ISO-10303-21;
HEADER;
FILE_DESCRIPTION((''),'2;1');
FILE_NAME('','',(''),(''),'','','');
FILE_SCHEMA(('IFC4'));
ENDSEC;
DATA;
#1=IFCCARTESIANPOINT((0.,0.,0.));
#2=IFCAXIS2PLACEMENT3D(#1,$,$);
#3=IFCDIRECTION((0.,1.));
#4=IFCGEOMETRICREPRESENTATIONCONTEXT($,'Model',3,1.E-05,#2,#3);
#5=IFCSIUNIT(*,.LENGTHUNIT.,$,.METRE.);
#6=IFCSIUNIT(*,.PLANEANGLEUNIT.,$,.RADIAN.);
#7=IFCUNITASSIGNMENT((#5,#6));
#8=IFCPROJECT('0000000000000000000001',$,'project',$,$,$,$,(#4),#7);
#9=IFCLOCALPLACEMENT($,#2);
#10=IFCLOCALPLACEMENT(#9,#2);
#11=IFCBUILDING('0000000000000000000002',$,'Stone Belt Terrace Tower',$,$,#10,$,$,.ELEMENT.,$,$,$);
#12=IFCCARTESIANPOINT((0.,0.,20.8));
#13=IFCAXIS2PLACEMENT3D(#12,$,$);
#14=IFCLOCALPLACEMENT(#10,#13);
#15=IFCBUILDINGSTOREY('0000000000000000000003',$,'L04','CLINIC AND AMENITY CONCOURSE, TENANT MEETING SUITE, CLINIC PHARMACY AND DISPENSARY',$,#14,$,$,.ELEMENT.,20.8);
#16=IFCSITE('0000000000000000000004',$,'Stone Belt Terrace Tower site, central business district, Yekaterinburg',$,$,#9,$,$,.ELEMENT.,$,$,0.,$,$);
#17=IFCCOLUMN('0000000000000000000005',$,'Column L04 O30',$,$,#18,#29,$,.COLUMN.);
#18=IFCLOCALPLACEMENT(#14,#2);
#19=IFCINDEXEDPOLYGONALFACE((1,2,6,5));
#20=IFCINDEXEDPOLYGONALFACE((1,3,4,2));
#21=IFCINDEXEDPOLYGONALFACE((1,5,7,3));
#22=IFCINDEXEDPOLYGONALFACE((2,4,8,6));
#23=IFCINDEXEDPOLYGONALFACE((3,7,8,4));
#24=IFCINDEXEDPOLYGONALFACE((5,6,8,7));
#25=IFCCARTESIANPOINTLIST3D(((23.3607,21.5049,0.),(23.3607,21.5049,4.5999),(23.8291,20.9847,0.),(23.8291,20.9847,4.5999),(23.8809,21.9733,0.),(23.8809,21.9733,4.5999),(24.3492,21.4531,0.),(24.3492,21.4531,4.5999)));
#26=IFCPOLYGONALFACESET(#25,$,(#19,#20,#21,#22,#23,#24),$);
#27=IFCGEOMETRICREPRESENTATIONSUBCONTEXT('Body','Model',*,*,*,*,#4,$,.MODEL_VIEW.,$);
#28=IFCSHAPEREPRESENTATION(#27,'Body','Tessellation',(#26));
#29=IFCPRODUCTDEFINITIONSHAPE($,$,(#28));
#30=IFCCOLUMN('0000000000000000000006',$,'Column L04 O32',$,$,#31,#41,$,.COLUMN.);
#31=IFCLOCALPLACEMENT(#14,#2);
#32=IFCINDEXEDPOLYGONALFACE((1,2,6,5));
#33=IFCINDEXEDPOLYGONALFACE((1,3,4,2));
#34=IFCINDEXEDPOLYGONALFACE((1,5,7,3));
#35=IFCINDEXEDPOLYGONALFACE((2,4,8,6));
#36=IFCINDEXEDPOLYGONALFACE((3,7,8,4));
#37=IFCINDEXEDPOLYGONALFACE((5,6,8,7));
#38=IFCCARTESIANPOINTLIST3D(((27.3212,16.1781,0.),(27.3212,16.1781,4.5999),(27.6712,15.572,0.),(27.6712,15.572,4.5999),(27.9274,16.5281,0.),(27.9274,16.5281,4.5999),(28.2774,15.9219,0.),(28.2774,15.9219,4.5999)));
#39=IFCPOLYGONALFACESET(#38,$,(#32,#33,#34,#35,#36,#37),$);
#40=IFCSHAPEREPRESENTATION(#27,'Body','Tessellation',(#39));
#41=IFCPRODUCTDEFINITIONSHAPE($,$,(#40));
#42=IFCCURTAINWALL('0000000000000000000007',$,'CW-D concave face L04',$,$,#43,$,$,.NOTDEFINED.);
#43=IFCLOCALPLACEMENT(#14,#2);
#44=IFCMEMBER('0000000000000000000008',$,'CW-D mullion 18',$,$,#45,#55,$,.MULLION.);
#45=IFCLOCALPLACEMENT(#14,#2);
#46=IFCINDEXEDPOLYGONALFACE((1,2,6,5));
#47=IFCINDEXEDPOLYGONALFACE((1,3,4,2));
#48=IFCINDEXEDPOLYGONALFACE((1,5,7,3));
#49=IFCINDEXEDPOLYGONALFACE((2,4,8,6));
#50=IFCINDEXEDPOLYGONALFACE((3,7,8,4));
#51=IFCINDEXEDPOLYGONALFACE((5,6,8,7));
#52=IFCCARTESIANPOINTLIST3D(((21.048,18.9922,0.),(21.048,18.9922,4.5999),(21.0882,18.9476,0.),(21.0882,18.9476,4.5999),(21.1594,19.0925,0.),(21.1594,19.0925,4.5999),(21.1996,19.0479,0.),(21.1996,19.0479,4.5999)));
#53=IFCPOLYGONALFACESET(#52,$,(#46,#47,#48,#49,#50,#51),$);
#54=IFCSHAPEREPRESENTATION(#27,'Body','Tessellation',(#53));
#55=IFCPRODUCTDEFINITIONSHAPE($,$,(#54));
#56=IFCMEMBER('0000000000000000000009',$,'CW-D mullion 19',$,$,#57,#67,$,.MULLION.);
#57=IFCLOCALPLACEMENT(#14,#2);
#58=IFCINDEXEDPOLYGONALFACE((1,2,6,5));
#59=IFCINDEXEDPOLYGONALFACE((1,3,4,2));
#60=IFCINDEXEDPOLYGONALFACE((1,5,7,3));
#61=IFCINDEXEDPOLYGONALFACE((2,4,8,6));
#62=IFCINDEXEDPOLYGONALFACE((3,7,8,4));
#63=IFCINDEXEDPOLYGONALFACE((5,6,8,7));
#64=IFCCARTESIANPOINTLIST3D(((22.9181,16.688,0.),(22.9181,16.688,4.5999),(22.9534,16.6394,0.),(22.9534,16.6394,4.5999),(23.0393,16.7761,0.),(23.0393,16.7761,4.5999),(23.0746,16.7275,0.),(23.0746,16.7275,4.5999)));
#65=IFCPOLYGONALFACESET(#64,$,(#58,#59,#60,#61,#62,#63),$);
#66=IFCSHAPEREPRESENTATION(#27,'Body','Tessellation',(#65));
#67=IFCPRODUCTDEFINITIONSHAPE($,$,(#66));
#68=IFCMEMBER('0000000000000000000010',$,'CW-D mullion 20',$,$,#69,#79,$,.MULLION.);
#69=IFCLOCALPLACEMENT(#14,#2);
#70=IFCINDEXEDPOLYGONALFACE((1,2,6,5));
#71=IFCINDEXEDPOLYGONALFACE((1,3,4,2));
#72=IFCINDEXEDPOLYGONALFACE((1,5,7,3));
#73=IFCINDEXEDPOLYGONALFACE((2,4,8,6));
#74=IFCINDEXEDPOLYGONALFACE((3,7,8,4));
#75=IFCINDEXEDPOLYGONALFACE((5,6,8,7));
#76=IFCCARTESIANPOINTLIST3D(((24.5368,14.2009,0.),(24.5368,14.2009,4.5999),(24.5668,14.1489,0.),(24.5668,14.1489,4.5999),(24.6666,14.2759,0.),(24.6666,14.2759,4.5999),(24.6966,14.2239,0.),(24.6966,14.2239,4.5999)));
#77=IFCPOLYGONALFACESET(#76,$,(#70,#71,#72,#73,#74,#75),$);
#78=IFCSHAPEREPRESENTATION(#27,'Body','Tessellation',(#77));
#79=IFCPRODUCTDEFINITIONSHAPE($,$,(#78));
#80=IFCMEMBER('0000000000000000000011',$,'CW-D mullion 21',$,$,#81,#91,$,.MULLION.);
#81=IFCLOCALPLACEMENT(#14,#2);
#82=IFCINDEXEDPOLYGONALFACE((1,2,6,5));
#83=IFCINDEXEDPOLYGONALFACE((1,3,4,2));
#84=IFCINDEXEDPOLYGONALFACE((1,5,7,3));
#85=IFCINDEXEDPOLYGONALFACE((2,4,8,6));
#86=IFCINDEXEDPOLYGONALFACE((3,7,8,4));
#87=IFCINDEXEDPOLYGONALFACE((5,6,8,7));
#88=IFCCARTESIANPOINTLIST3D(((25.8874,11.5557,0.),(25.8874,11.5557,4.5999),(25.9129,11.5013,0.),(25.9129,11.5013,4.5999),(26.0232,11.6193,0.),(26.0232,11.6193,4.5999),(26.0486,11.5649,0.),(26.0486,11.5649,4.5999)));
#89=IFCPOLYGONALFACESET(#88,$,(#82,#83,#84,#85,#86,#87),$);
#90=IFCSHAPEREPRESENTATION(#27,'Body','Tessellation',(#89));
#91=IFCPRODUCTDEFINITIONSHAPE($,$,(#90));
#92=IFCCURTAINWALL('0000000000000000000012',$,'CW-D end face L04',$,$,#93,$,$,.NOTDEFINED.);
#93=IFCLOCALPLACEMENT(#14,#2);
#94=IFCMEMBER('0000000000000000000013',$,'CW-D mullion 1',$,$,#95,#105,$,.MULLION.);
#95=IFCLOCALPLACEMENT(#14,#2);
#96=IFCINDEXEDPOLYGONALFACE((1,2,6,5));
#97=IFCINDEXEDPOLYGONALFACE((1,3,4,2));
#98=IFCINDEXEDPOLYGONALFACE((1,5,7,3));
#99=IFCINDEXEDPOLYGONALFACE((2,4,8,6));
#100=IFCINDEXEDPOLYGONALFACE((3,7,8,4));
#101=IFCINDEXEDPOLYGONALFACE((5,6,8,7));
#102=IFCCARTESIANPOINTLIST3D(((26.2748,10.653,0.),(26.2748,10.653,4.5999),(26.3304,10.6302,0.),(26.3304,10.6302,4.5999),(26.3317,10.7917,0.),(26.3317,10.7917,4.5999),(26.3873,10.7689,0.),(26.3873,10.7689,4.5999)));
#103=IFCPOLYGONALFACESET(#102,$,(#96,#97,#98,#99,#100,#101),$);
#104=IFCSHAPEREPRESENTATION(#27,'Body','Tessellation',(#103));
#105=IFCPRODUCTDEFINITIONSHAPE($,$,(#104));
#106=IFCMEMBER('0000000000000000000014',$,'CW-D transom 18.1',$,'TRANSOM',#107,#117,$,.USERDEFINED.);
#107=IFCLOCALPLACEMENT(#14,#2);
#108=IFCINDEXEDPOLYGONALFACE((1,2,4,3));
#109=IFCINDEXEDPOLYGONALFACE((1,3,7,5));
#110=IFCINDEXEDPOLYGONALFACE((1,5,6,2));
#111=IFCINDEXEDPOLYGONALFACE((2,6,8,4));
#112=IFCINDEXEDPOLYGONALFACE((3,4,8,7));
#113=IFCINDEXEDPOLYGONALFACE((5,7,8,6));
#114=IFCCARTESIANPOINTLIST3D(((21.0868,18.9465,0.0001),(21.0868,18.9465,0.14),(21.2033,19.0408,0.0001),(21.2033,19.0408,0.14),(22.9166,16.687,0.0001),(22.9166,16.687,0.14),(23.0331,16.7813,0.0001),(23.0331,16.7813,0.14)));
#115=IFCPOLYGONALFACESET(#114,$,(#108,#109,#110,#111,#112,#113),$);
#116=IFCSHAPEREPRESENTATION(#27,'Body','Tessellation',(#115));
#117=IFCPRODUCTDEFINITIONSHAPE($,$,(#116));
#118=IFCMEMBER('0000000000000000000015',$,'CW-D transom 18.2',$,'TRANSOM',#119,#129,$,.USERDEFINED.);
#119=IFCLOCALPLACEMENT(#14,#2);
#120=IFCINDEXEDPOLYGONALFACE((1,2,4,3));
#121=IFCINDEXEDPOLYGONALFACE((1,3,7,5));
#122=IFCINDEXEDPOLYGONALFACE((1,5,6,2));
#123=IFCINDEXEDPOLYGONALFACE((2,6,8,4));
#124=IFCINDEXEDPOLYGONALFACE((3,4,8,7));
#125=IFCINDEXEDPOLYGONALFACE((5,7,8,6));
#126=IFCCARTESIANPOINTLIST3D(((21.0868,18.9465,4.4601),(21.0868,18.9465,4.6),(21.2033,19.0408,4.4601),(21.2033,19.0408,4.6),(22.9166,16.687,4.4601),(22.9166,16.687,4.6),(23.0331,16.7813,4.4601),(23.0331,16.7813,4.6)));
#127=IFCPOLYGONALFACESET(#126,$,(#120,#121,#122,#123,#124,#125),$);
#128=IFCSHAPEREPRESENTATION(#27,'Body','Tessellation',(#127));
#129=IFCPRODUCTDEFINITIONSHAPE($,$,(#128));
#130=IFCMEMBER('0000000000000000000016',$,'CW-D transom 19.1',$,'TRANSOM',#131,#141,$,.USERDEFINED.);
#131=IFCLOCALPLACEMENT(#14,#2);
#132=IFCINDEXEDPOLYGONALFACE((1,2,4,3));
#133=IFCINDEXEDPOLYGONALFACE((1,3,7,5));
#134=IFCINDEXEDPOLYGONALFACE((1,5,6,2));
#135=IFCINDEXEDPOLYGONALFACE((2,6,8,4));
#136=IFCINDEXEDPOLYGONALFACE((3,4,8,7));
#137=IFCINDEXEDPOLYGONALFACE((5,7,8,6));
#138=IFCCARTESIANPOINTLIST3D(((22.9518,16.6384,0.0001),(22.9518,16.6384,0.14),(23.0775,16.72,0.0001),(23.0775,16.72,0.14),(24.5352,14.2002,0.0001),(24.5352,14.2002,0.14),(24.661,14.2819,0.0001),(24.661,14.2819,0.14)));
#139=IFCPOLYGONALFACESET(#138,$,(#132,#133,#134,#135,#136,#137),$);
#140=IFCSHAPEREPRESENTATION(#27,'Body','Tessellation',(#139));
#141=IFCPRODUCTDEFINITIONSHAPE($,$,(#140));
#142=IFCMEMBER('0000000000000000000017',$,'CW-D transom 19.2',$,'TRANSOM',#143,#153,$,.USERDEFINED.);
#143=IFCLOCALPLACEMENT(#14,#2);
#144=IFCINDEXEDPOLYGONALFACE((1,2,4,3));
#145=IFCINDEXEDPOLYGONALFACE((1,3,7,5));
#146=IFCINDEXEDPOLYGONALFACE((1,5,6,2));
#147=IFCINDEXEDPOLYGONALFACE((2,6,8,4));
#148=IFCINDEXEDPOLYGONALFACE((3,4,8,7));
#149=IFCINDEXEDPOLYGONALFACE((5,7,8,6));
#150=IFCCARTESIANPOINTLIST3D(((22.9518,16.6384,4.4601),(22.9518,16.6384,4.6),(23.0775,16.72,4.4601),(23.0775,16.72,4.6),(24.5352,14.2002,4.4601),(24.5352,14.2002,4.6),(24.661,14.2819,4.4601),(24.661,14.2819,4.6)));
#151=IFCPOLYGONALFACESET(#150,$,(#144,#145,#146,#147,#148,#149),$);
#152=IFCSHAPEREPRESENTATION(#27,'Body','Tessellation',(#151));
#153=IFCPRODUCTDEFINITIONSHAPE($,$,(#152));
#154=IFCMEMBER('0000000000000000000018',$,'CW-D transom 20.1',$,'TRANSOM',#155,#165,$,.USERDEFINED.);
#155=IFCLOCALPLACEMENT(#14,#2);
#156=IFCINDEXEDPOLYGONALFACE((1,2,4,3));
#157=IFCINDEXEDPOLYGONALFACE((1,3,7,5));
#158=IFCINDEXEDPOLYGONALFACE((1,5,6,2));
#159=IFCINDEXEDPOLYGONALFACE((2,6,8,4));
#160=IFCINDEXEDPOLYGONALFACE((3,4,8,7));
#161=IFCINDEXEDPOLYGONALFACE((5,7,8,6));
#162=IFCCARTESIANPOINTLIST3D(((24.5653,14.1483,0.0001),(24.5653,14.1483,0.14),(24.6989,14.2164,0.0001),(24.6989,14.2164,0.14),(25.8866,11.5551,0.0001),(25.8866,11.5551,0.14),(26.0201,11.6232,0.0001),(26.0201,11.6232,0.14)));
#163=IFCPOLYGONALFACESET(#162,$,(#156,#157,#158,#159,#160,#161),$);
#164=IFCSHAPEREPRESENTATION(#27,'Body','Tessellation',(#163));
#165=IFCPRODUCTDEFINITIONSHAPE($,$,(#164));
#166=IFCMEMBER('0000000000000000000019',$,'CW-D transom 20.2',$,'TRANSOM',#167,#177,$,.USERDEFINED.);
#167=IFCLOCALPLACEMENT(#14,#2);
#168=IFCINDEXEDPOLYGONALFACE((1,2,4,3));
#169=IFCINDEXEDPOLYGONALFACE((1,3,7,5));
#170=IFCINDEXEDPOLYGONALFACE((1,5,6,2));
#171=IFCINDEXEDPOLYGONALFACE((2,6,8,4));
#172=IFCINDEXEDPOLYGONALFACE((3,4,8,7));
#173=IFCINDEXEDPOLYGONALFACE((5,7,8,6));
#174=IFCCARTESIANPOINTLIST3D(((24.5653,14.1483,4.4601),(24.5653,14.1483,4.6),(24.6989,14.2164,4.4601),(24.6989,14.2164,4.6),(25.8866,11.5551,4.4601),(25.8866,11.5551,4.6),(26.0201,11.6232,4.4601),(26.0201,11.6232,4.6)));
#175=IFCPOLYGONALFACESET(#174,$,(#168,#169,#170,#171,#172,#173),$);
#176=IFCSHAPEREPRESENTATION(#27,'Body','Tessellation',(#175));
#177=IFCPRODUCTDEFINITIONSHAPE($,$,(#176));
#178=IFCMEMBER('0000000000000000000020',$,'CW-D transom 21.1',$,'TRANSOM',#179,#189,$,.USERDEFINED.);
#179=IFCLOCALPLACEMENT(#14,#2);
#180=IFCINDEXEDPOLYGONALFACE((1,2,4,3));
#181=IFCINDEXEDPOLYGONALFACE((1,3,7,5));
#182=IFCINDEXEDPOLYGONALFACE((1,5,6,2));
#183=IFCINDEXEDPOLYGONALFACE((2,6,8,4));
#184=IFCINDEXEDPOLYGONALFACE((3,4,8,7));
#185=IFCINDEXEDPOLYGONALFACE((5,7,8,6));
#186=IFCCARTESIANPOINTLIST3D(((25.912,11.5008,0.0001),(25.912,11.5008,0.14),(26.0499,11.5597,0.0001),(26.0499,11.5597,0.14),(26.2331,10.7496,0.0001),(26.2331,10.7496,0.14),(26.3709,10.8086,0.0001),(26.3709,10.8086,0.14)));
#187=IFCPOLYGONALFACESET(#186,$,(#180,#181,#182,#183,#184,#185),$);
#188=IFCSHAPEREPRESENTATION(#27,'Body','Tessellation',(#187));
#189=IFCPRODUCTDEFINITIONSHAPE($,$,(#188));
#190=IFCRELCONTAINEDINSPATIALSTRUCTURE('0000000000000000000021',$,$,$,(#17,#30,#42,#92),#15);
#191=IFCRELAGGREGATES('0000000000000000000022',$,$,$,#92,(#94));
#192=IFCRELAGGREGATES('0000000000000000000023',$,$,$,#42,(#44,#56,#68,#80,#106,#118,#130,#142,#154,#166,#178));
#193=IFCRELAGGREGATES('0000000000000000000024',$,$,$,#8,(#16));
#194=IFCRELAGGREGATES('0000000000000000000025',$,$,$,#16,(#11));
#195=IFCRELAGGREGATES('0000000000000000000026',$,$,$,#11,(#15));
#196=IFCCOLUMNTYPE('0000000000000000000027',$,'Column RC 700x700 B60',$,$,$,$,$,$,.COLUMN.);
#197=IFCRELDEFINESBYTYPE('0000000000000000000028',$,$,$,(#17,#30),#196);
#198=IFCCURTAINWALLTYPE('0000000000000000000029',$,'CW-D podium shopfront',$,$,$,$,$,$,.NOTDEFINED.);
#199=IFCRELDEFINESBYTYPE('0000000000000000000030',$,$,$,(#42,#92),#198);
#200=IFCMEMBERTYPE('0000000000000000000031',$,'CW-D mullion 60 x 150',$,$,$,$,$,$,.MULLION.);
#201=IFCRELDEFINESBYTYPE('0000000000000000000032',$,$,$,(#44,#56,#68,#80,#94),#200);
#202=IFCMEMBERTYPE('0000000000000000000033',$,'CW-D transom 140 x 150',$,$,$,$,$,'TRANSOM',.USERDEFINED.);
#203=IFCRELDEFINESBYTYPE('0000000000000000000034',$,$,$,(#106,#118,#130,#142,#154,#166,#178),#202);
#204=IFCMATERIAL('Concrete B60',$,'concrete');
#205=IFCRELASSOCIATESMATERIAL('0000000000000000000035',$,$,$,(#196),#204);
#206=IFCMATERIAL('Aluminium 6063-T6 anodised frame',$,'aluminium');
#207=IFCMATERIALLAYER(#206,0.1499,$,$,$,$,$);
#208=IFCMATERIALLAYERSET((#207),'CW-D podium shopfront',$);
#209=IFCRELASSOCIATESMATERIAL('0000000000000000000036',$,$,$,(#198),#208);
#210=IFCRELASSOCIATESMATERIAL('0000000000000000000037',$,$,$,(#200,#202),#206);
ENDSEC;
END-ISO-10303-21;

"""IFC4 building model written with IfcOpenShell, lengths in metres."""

from ifc_helpers import new_model, si_unit, direction, frame, origin, origin_2d, place, context, subcontext, project, spatial, rectangle, extrude, material, layer, layer_set, material_profile, profile_set, type_object, element, aggregate, save


model = new_model("IFC4")

# Units and contexts
model_context = context("Model", 3, precision=1e-05, world=origin(), true_north=direction((0.0, 1.0)))
body_context = subcontext(model_context, "Body", "Model", "MODEL_VIEW")
ifc_project = project(units=[si_unit("LENGTHUNIT", "METRE"), si_unit("PLANEANGLEUNIT", "RADIAN")], contexts=[model_context])

# Site, building, storey
site_placement = place(None, origin())
site = spatial("IfcSite", under=ifc_project, at=site_placement, Name="Stone Belt Terrace Tower site, central business district, Yekaterinburg", CompositionType="ELEMENT", RefElevation=0.0)
building_placement = place(site_placement, origin())
building = spatial("IfcBuilding", under=site, at=building_placement, Name="Stone Belt Terrace Tower", CompositionType="ELEMENT")
storey_placement = place(building_placement, frame((0.0, 0.0, 20.8)))
storey = spatial("IfcBuildingStorey", under=building, at=storey_placement, Name="L04", Description="CLINIC AND AMENITY CONCOURSE, TENANT MEETING SUITE, CLINIC PHARMACY AND DISPENSARY", CompositionType="ELEMENT", Elevation=20.8)

# Columns
ifc_material_1 = material(Name="Concrete B60", Category="concrete")
ifc_material_profile_1 = material_profile(ifc_material_1, rectangle(XDim=0.7, YDim=0.7, at=origin_2d()), Name="RC 700x700")
ifc_profile_set_1 = profile_set([ifc_material_profile_1], Name="Concrete B60")
column_type = type_object("IfcColumnType", Name="Column RC 700x700 B60", PredefinedType="COLUMN", material=ifc_profile_set_1)
for number, where, z_axis, x_axis, name in (
    (1, (23.855, 21.479, 0.0), (0.0, 0.0, 1.0), (0.669131, -0.743145, 0.0), "Column L04 O30"),
    (2, (27.7993, 16.05, 0.0), (0.0, 0.0, 1.0), (0.5, -0.866025, 0.0), "Column L04 O32"),
):
    element("IfcColumn", number, at=place(storey_placement, frame(where, z_axis=z_axis, x_axis=x_axis)), inside=storey, type_object=column_type, Name=name, PredefinedType="COLUMN", context=body_context, shape_type="SweptSolid", body=[
        extrude(rectangle(XDim=0.7, YDim=0.7, at=origin_2d()), origin(), (0.0, 0.0, 1.0), 4.5999),
    ])

# Curtain wall, members
ifc_material_2 = material(Name="Aluminium 6063-T6 anodised frame", Category="aluminium")
ifc_layer_1 = layer(ifc_material_2, 0.1499)
ifc_layer_set_1 = layer_set([ifc_layer_1], Name="CW-D podium shopfront")
curtain_wall_type = type_object("IfcCurtainWallType", Name="CW-D podium shopfront", PredefinedType="NOTDEFINED", material=ifc_layer_set_1)
curtain_wall_1_placement = place(storey_placement, origin())
curtain_wall_1 = element("IfcCurtainWall", 3, at=curtain_wall_1_placement, inside=storey, type_object=curtain_wall_type, Name="CW-D concave face L04", PredefinedType="NOTDEFINED")
ifc_material_profile_2 = material_profile(ifc_material_2, rectangle(XDim=0.1499, YDim=0.0601, at=origin_2d()), Name="Aluminium 6063-T6 60x150")
ifc_profile_set_2 = profile_set([ifc_material_profile_2], Name="Aluminium 6063-T6 anodised frame")
member_type_1 = type_object("IfcMemberType", Name="CW-D mullion 60 x 150", PredefinedType="MULLION", material=ifc_profile_set_2)
member_1_placement = place(storey_placement, frame((21.1238, 19.02, 0.0), z_axis=(0.0, 0.0, 1.0), x_axis=(0.743145, 0.669131, 0.0)))
member_1 = element("IfcMember", 4, at=member_1_placement, type_object=member_type_1, Name="CW-D mullion 18", PredefinedType="MULLION", context=body_context, shape_type="SweptSolid", body=[
    extrude(rectangle(XDim=0.1499, YDim=0.0601, at=origin_2d()), origin(), (0.0, 0.0, 1.0), 4.5999),
])
member_2_placement = place(storey_placement, frame((22.9963, 16.7078, 0.0), z_axis=(0.0, 0.0, 1.0), x_axis=(0.809017, 0.587785, 0.0)))
member_2 = element("IfcMember", 5, at=member_2_placement, type_object=member_type_1, Name="CW-D mullion 19", PredefinedType="MULLION", context=body_context, shape_type="SweptSolid", body=[
    extrude(rectangle(XDim=0.1499, YDim=0.0601, at=origin_2d()), origin(), (0.0, 0.0, 1.0), 4.5999),
])
member_3_placement = place(storey_placement, frame((24.6167, 14.2124, 0.0), z_axis=(0.0, 0.0, 1.0), x_axis=(0.866025, 0.5, 0.0)))
member_3 = element("IfcMember", 6, at=member_3_placement, type_object=member_type_1, Name="CW-D mullion 20", PredefinedType="MULLION", context=body_context, shape_type="SweptSolid", body=[
    extrude(rectangle(XDim=0.1499, YDim=0.0601, at=origin_2d()), origin(), (0.0, 0.0, 1.0), 4.5999),
])
member_4_placement = place(storey_placement, frame((25.968, 11.5603, 0.0), z_axis=(0.0, 0.0, 1.0), x_axis=(0.905778, 0.423752, 0.0)))
member_4 = element("IfcMember", 7, at=member_4_placement, type_object=member_type_1, Name="CW-D mullion 21", PredefinedType="MULLION", context=body_context, shape_type="SweptSolid", body=[
    extrude(rectangle(XDim=0.1499, YDim=0.0601, at=origin_2d()), origin(), (0.0, 0.0, 1.0), 4.5999),
])

# Curtain wall, member
curtain_wall_2_placement = place(storey_placement, origin())
curtain_wall_2 = element("IfcCurtainWall", 8, at=curtain_wall_2_placement, inside=storey, type_object=curtain_wall_type, Name="CW-D end face L04", PredefinedType="NOTDEFINED")
member_5_placement = place(storey_placement, frame((26.3311, 10.7109, 0.0), z_axis=(0.0, 0.0, 1.0), x_axis=(0.379212, 0.92531, 0.0)))
member_5 = element("IfcMember", 9, at=member_5_placement, type_object=member_type_1, Name="CW-D mullion 1", PredefinedType="MULLION", context=body_context, shape_type="SweptSolid", body=[
    extrude(rectangle(XDim=0.1499, YDim=0.0601, at=origin_2d()), origin(), (0.0, 0.0, 1.0), 4.5999),
])

# Members
ifc_material_profile_3 = material_profile(ifc_material_2, rectangle(XDim=0.1499, YDim=0.1399, at=origin_2d()), Name="Aluminium 6063-T6 150x140")
ifc_profile_set_3 = profile_set([ifc_material_profile_3], Name="Aluminium 6063-T6 anodised frame")
member_type_2 = type_object("IfcMemberType", Name="CW-D transom 140 x 150", ElementType="TRANSOM", PredefinedType="USERDEFINED", material=ifc_profile_set_3)
member_6_placement = place(storey_placement, frame((21.145, 18.9937, 0.0701), z_axis=(0.629343, -0.777128, 0.0), x_axis=(0.777128, 0.629343, 0.0)))
member_6 = element("IfcMember", 10, at=member_6_placement, type_object=member_type_2, Name="CW-D transom 18.1", ObjectType="TRANSOM", PredefinedType="USERDEFINED", context=body_context, shape_type="SweptSolid", body=[
    extrude(rectangle(XDim=0.1499, YDim=0.1399, at=origin_2d()), origin(), (0.0, 0.0, 1.0), 2.9075),
])
member_7_placement = place(storey_placement, frame((21.145, 18.9937, 4.53), z_axis=(0.629343, -0.777128, 0.0), x_axis=(0.777128, 0.629343, 0.0)))
member_7 = element("IfcMember", 11, at=member_7_placement, type_object=member_type_2, Name="CW-D transom 18.2", ObjectType="TRANSOM", PredefinedType="USERDEFINED", context=body_context, shape_type="SweptSolid", body=[
    extrude(rectangle(XDim=0.1499, YDim=0.1399, at=origin_2d()), origin(), (0.0, 0.0, 1.0), 2.9075),
])
member_8_placement = place(storey_placement, frame((23.0146, 16.6792, 0.0701), z_axis=(0.544661, -0.838657, 0.0), x_axis=(0.838657, 0.544661, 0.0)))
member_8 = element("IfcMember", 12, at=member_8_placement, type_object=member_type_2, Name="CW-D transom 19.1", ObjectType="TRANSOM", PredefinedType="USERDEFINED", context=body_context, shape_type="SweptSolid", body=[
    extrude(rectangle(XDim=0.1499, YDim=0.1399, at=origin_2d()), origin(), (0.0, 0.0, 1.0), 2.9072),
])
member_9_placement = place(storey_placement, frame((23.0146, 16.6792, 4.53), z_axis=(0.544661, -0.838657, 0.0), x_axis=(0.838657, 0.544661, 0.0)))
member_9 = element("IfcMember", 13, at=member_9_placement, type_object=member_type_2, Name="CW-D transom 19.2", ObjectType="TRANSOM", PredefinedType="USERDEFINED", context=body_context, shape_type="SweptSolid", body=[
    extrude(rectangle(XDim=0.1499, YDim=0.1399, at=origin_2d()), origin(), (0.0, 0.0, 1.0), 2.9072),
])
member_10_placement = place(storey_placement, frame((24.6321, 14.1824, 0.0701), z_axis=(0.453979, -0.891013, 0.0), x_axis=(0.891013, 0.453979, 0.0)))
member_10 = element("IfcMember", 14, at=member_10_placement, type_object=member_type_2, Name="CW-D transom 20.1", ObjectType="TRANSOM", PredefinedType="USERDEFINED", context=body_context, shape_type="SweptSolid", body=[
    extrude(rectangle(XDim=0.1499, YDim=0.1399, at=origin_2d()), origin(), (0.0, 0.0, 1.0), 2.9104),
])
member_11_placement = place(storey_placement, frame((24.6321, 14.1824, 4.53), z_axis=(0.453979, -0.891013, 0.0), x_axis=(0.891013, 0.453979, 0.0)))
member_11 = element("IfcMember", 15, at=member_11_placement, type_object=member_type_2, Name="CW-D transom 20.2", ObjectType="TRANSOM", PredefinedType="USERDEFINED", context=body_context, shape_type="SweptSolid", body=[
    extrude(rectangle(XDim=0.1499, YDim=0.1399, at=origin_2d()), origin(), (0.0, 0.0, 1.0), 2.9104),
])
member_12_placement = place(storey_placement, frame((25.981, 11.5303, 0.0701), z_axis=(0.392981, -0.919546, 0.0), x_axis=(0.919546, 0.392981, 0.0)))
member_12 = element("IfcMember", 16, at=member_12_placement, type_object=member_type_2, Name="CW-D transom 21.1", ObjectType="TRANSOM", PredefinedType="USERDEFINED", context=body_context, shape_type="SweptSolid", body=[
    extrude(rectangle(XDim=0.1499, YDim=0.1399, at=origin_2d()), origin(), (0.0, 0.0, 1.0), 0.8169),
])
aggregate(curtain_wall_2, [member_5])

aggregate(curtain_wall_1, [member_1, member_2, member_3, member_4, member_6, member_7, member_8, member_9, member_10, member_11, member_12])

save(model, "model.ifc")
